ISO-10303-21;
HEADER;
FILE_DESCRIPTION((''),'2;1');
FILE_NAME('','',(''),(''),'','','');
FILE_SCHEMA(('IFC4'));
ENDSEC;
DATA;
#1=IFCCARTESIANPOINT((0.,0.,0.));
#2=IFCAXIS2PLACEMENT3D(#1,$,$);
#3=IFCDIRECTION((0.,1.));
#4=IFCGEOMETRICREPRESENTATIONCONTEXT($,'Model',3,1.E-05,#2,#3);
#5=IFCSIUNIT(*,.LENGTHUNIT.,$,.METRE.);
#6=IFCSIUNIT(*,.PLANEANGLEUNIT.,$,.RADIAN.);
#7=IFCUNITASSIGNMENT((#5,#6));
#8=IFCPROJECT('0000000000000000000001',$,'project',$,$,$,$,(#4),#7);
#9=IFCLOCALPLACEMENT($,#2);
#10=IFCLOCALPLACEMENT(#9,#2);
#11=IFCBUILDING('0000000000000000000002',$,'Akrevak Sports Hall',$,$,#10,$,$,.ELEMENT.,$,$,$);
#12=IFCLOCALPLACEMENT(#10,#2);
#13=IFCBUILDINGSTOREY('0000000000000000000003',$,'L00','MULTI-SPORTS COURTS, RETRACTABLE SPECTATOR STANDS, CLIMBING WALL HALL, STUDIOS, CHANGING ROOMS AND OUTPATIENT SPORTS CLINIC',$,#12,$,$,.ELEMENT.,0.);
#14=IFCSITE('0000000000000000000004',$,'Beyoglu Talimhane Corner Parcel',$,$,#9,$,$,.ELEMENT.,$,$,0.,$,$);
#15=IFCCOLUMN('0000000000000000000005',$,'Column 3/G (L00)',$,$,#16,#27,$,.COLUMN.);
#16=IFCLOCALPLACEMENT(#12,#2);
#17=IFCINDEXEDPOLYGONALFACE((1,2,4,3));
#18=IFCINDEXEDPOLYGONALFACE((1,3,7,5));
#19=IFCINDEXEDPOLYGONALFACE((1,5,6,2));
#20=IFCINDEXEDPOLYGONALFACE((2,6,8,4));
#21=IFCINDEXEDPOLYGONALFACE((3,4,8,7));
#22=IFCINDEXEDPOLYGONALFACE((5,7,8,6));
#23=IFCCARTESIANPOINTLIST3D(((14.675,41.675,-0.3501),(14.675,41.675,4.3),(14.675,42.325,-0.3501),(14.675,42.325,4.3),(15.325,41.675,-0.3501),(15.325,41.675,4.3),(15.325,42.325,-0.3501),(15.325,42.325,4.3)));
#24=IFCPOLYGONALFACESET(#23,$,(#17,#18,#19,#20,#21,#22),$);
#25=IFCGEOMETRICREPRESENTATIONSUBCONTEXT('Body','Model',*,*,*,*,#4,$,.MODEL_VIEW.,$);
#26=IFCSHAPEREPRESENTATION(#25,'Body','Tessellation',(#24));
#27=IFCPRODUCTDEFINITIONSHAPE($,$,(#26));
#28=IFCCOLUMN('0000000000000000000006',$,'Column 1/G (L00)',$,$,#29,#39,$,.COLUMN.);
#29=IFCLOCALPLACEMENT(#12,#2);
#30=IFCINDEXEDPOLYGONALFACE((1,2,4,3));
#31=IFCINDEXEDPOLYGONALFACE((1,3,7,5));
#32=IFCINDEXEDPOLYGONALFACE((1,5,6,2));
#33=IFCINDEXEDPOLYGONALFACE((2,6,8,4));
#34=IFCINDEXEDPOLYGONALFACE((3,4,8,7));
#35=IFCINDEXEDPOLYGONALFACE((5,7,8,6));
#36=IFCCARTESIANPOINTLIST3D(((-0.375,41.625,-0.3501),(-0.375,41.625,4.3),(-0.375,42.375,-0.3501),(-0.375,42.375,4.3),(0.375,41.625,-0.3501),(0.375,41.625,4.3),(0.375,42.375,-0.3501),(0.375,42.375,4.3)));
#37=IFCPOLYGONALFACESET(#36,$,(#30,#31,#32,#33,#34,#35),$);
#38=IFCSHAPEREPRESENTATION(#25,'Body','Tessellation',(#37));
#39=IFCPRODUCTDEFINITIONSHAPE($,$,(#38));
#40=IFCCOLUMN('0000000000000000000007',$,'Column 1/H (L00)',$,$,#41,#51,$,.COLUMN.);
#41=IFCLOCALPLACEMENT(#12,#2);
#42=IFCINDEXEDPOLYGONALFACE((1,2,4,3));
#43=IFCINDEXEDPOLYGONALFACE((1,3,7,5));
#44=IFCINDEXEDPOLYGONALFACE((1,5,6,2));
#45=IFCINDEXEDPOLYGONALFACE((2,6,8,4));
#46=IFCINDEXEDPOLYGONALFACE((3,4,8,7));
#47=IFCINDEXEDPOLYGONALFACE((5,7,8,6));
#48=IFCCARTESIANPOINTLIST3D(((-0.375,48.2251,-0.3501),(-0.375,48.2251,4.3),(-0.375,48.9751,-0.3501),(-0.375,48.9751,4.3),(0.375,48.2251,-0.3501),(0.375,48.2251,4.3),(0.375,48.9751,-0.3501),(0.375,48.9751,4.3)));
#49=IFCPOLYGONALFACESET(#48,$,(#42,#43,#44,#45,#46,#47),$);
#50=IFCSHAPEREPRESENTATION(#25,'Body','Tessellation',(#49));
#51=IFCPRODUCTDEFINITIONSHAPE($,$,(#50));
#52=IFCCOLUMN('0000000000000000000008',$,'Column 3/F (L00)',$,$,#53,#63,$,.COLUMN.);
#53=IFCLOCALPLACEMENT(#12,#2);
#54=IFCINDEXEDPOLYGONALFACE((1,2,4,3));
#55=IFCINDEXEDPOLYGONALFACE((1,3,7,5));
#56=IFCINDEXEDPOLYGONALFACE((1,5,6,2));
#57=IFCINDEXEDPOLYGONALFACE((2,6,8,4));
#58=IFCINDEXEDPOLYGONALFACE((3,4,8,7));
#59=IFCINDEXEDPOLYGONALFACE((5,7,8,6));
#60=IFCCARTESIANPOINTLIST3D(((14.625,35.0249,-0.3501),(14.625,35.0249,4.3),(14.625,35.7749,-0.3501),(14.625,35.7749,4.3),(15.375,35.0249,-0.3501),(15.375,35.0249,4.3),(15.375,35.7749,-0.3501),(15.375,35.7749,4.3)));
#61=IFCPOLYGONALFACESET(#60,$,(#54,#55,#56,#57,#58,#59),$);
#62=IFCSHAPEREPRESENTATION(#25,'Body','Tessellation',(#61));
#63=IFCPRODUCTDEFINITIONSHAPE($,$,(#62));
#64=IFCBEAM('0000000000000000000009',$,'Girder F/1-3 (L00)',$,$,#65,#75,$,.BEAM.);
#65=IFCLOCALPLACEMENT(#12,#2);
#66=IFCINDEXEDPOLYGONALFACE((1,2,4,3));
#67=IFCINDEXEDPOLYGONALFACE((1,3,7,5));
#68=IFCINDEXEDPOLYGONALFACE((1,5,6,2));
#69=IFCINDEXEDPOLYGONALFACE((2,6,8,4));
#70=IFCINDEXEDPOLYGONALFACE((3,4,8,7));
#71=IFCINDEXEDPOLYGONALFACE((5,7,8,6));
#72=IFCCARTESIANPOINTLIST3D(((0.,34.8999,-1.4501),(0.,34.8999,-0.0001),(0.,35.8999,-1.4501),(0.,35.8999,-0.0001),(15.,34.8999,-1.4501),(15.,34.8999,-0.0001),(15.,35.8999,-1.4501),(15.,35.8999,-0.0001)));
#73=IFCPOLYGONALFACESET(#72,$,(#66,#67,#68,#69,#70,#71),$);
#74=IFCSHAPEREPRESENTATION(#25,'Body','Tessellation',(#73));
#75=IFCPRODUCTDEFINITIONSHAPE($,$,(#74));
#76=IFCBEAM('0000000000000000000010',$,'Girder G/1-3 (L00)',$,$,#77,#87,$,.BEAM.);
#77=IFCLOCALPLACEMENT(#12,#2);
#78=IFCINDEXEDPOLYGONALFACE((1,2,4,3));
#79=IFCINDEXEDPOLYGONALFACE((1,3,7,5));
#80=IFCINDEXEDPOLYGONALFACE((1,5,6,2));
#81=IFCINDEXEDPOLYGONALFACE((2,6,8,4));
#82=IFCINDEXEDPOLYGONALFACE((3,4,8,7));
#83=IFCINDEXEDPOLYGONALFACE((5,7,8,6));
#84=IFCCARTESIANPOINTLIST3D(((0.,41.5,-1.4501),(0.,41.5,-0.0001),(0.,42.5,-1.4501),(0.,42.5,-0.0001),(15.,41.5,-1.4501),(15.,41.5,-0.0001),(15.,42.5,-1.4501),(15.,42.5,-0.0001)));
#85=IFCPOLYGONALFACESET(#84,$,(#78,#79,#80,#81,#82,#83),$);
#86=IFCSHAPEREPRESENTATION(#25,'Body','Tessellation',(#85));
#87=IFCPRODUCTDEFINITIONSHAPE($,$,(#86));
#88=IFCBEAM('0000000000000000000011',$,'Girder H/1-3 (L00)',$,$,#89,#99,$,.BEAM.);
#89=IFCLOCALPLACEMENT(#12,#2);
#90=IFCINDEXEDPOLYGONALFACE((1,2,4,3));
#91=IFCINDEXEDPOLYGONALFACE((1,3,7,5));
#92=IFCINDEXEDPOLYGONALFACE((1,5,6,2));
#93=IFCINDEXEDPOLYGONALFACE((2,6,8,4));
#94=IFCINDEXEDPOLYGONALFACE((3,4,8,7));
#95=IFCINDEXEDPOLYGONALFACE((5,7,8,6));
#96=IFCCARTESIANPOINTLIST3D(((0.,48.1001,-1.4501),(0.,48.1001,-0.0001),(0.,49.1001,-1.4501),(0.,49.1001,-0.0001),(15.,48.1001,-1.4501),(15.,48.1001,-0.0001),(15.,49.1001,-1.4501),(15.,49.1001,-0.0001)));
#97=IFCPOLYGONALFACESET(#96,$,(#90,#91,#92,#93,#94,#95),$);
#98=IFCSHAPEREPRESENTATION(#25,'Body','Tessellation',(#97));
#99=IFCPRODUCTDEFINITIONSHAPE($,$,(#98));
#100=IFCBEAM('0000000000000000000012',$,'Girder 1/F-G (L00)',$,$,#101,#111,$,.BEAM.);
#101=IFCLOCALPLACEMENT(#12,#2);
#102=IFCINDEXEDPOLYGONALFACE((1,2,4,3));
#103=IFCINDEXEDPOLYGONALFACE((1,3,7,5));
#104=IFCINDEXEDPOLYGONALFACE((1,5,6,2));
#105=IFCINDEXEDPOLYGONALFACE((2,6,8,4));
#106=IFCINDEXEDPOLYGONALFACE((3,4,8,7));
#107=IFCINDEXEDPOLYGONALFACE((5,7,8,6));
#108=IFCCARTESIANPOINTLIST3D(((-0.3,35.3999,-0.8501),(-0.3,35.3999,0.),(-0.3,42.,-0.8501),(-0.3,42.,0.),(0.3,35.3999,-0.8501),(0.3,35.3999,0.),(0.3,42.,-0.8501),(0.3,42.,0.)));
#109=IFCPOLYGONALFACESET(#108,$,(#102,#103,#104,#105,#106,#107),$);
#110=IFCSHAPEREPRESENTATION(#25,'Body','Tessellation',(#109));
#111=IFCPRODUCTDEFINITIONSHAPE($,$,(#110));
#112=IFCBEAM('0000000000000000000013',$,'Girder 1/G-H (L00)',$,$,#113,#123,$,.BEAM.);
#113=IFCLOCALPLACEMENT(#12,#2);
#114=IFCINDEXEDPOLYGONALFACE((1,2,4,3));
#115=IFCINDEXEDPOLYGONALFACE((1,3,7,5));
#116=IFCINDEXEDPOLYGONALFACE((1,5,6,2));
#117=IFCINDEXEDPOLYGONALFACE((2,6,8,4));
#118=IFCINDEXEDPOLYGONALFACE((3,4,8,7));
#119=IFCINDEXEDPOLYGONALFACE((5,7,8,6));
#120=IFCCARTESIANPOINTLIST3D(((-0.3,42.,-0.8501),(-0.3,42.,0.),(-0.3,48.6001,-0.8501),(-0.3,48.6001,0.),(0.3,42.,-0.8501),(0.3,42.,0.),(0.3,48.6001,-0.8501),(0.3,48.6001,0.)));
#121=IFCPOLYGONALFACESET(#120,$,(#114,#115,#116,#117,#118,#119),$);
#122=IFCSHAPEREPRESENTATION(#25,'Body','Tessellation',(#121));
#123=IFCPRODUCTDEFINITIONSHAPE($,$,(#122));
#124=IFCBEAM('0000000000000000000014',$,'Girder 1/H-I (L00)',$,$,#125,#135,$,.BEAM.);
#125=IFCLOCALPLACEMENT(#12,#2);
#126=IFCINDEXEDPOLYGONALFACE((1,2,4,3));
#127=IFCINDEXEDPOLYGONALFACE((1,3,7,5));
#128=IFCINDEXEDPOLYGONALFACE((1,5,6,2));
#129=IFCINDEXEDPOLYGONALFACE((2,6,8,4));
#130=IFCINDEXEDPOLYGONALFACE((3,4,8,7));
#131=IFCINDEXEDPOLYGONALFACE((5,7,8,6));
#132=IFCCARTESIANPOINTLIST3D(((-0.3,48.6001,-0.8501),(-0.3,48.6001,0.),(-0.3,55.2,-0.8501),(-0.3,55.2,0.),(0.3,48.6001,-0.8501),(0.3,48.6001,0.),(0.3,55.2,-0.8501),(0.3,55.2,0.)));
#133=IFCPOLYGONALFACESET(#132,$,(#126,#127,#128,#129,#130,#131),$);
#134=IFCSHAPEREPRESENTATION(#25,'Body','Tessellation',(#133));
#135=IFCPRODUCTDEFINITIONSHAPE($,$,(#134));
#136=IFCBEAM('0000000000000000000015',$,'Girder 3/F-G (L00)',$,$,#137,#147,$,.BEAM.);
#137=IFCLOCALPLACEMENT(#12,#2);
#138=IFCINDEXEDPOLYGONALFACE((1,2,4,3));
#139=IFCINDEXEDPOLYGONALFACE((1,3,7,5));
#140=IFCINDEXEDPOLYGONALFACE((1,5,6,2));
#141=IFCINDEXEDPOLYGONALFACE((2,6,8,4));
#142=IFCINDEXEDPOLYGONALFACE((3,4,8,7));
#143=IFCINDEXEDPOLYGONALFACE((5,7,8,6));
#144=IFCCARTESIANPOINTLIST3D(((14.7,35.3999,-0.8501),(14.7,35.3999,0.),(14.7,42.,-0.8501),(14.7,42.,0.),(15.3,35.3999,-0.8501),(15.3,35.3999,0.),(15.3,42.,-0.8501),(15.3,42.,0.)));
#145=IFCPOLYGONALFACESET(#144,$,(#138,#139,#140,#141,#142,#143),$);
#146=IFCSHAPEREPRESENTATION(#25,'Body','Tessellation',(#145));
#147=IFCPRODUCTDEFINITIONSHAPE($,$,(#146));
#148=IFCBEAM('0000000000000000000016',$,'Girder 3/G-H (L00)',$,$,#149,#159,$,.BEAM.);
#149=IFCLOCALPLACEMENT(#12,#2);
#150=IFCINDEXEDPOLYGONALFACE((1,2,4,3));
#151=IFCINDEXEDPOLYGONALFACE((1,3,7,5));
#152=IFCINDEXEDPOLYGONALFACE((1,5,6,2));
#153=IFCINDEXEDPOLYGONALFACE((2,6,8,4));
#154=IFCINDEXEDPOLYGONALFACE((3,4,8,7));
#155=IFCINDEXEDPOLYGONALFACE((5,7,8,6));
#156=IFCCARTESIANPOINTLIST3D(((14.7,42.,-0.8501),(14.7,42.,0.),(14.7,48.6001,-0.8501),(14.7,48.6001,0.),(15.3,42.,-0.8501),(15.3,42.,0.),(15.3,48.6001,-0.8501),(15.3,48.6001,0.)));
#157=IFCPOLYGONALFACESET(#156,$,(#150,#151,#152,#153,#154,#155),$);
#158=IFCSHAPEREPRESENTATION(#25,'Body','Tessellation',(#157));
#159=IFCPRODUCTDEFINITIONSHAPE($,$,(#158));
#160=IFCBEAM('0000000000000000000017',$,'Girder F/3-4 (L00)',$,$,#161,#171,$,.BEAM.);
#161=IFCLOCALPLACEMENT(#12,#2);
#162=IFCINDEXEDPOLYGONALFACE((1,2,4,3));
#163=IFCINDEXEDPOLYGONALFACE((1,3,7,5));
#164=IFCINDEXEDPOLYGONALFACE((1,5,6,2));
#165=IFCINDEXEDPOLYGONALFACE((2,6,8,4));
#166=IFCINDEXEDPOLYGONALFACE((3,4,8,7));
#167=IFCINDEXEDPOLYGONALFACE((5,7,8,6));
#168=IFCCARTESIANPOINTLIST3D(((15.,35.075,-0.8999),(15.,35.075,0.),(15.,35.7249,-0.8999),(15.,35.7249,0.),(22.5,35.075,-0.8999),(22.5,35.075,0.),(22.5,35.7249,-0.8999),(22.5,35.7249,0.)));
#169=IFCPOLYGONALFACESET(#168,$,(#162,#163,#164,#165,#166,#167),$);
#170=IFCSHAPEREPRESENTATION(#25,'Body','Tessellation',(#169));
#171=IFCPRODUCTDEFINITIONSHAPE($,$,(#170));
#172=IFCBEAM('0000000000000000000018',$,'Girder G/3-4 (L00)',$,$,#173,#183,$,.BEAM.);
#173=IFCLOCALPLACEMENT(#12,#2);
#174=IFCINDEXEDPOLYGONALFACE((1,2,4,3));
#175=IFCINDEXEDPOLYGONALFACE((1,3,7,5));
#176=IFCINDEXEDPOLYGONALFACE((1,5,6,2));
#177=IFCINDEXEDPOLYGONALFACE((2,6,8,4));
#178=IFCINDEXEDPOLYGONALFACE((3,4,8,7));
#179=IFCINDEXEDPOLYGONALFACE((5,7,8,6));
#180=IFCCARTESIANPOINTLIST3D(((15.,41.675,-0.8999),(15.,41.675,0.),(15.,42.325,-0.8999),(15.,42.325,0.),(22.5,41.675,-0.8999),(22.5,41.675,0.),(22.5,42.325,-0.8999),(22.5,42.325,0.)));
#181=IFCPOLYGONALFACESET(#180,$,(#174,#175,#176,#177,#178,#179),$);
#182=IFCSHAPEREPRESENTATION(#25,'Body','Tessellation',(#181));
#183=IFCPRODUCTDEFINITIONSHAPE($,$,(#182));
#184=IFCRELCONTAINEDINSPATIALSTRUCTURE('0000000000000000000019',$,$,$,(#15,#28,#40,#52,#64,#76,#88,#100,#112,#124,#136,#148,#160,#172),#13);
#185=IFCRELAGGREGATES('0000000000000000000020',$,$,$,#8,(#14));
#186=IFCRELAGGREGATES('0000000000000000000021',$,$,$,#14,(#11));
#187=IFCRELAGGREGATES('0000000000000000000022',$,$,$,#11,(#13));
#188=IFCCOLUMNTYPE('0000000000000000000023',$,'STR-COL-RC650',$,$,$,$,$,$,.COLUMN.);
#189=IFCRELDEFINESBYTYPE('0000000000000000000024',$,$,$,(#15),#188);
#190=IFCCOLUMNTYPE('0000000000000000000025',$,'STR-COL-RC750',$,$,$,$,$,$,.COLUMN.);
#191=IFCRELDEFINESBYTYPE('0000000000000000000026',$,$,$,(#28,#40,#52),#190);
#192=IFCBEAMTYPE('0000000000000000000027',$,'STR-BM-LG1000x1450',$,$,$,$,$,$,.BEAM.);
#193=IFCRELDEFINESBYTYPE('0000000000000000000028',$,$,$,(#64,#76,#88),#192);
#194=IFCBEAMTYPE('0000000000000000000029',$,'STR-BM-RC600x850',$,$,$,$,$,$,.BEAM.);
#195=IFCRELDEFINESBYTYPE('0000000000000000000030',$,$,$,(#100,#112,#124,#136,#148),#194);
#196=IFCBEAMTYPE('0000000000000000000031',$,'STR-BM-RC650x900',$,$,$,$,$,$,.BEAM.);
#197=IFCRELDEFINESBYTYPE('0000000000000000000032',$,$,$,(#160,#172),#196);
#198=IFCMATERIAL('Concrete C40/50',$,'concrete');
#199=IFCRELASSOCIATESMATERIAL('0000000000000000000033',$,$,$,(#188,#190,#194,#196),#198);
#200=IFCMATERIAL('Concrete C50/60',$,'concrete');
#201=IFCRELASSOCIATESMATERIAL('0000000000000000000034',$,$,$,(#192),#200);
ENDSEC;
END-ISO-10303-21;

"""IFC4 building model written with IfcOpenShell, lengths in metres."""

from ifc_helpers import new_model, si_unit, direction, frame, origin, origin_2d, place, context, subcontext, project, spatial, rectangle, extrude, material, material_profile, profile_set, type_object, element, save


model = new_model("IFC4")

# Units and contexts
model_context = context("Model", 3, precision=1e-05, world=origin(), true_north=direction((0.0, 1.0)))
body_context = subcontext(model_context, "Body", "Model", "MODEL_VIEW")
ifc_project = project(units=[si_unit("LENGTHUNIT", "METRE"), si_unit("PLANEANGLEUNIT", "RADIAN")], contexts=[model_context])

# Site, building, storey
site_placement = place(None, origin())
site = spatial("IfcSite", under=ifc_project, at=site_placement, Name="Beyoglu Talimhane Corner Parcel", CompositionType="ELEMENT", RefElevation=0.0)
building_placement = place(site_placement, origin())
building = spatial("IfcBuilding", under=site, at=building_placement, Name="Akrevak Sports Hall", CompositionType="ELEMENT")
storey_placement = place(building_placement, origin())
storey = spatial("IfcBuildingStorey", under=building, at=storey_placement, Name="L00", Description="MULTI-SPORTS COURTS, RETRACTABLE SPECTATOR STANDS, CLIMBING WALL HALL, STUDIOS, CHANGING ROOMS AND OUTPATIENT SPORTS CLINIC", CompositionType="ELEMENT", Elevation=0.0)

# Columns
ifc_material_1 = material(Name="Concrete C40/50", Category="concrete")
ifc_material_profile_1 = material_profile(ifc_material_1, rectangle(XDim=0.6499, YDim=0.6499, at=origin_2d()), Name="RC 650x650", Category="concrete")
ifc_profile_set_1 = profile_set([ifc_material_profile_1], Name="Concrete C40/50")
column_type_1 = type_object("IfcColumnType", Name="STR-COL-RC650", PredefinedType="COLUMN", material=ifc_profile_set_1)
column_placement = place(storey_placement, frame((15.0, 42.0, -0.3501), z_axis=(0.0, 0.0, 1.0), x_axis=(1.0, 0.0, 0.0)))
element("IfcColumn", 1, at=column_placement, inside=storey, type_object=column_type_1, Name="Column 3/G (L00)", PredefinedType="COLUMN", context=body_context, shape_type="SweptSolid", body=[
    extrude(rectangle(XDim=0.6499, YDim=0.6499, at=origin_2d()), origin(), (0.0, 0.0, 1.0), 4.6501),
])
ifc_material_profile_2 = material_profile(ifc_material_1, rectangle(XDim=0.75, YDim=0.75, at=origin_2d()), Name="RC 750x750", Category="concrete")
ifc_profile_set_2 = profile_set([ifc_material_profile_2], Name="Concrete C40/50")
column_type_2 = type_object("IfcColumnType", Name="STR-COL-RC750", PredefinedType="COLUMN", material=ifc_profile_set_2)
for number, where, z_axis, x_axis, name in (
    (2, (0.0, 42.0, -0.3501), (0.0, 0.0, 1.0), (1.0, 0.0, 0.0), "Column 1/G (L00)"),
    (3, (0.0, 48.6001, -0.3501), (0.0, 0.0, 1.0), (1.0, 0.0, 0.0), "Column 1/H (L00)"),
    (4, (15.0, 35.3999, -0.3501), (0.0, 0.0, 1.0), (1.0, 0.0, 0.0), "Column 3/F (L00)"),
):
    element("IfcColumn", number, at=place(storey_placement, frame(where, z_axis=z_axis, x_axis=x_axis)), inside=storey, type_object=column_type_2, Name=name, PredefinedType="COLUMN", context=body_context, shape_type="SweptSolid", body=[
        extrude(rectangle(XDim=0.75, YDim=0.75, at=origin_2d()), origin(), (0.0, 0.0, 1.0), 4.6501),
    ])

# Beams
ifc_material_2 = material(Name="Concrete C50/60", Category="concrete")
ifc_material_profile_3 = material_profile(ifc_material_2, rectangle(XDim=1.0, YDim=1.45, at=origin_2d()), Name="BM 1000x1450", Category="concrete")
ifc_profile_set_3 = profile_set([ifc_material_profile_3], Name="Concrete C50/60")
beam_type_1 = type_object("IfcBeamType", Name="STR-BM-LG1000x1450", PredefinedType="BEAM", material=ifc_profile_set_3)
for number, where, z_axis, x_axis, name in (
    (5, (0.0, 35.3999, -0.7251), (1.0, 0.0, 0.0), (0.0, 1.0, 0.0), "Girder F/1-3 (L00)"),
    (6, (0.0, 42.0, -0.7251), (1.0, 0.0, 0.0), (0.0, 1.0, 0.0), "Girder G/1-3 (L00)"),
    (7, (0.0, 48.6001, -0.7251), (1.0, 0.0, 0.0), (0.0, 1.0, 0.0), "Girder H/1-3 (L00)"),
):
    element("IfcBeam", number, at=place(storey_placement, frame(where, z_axis=z_axis, x_axis=x_axis)), inside=storey, type_object=beam_type_1, Name=name, PredefinedType="BEAM", context=body_context, shape_type="SweptSolid", body=[
        extrude(rectangle(XDim=1.0, YDim=1.45, at=origin_2d()), origin(), (0.0, 0.0, 1.0), 15.0),
    ])
ifc_material_profile_4 = material_profile(ifc_material_1, rectangle(XDim=0.6001, YDim=0.8501, at=origin_2d()), Name="BM 600x850", Category="concrete")
ifc_profile_set_4 = profile_set([ifc_material_profile_4], Name="Concrete C40/50")
beam_type_2 = type_object("IfcBeamType", Name="STR-BM-RC600x850", PredefinedType="BEAM", material=ifc_profile_set_4)
for number, where, z_axis, x_axis, name in (
    (8, (0.0, 35.3999, -0.425), (0.0, 1.0, 0.0), (-1.0, 0.0, 0.0), "Girder 1/F-G (L00)"),
    (9, (0.0, 42.0, -0.425), (0.0, 1.0, 0.0), (-1.0, 0.0, 0.0), "Girder 1/G-H (L00)"),
):
    element("IfcBeam", number, at=place(storey_placement, frame(where, z_axis=z_axis, x_axis=x_axis)), inside=storey, type_object=beam_type_2, Name=name, PredefinedType="BEAM", context=body_context, shape_type="SweptSolid", body=[
        extrude(rectangle(XDim=0.6001, YDim=0.8501, at=origin_2d()), origin(), (0.0, 0.0, 1.0), 6.6001),
    ])
beam_placement = place(storey_placement, frame((0.0, 48.6001, -0.425), z_axis=(0.0, 1.0, 0.0), x_axis=(-1.0, 0.0, 0.0)))
element("IfcBeam", 10, at=beam_placement, inside=storey, type_object=beam_type_2, Name="Girder 1/H-I (L00)", PredefinedType="BEAM", context=body_context, shape_type="SweptSolid", body=[
    extrude(rectangle(XDim=0.6001, YDim=0.8501, at=origin_2d()), origin(), (0.0, 0.0, 1.0), 6.5999),
])
for number, where, z_axis, x_axis, name in (
    (11, (15.0, 35.3999, -0.425), (0.0, 1.0, 0.0), (-1.0, 0.0, 0.0), "Girder 3/F-G (L00)"),
    (12, (15.0, 42.0, -0.425), (0.0, 1.0, 0.0), (-1.0, 0.0, 0.0), "Girder 3/G-H (L00)"),
):
    element("IfcBeam", number, at=place(storey_placement, frame(where, z_axis=z_axis, x_axis=x_axis)), inside=storey, type_object=beam_type_2, Name=name, PredefinedType="BEAM", context=body_context, shape_type="SweptSolid", body=[
        extrude(rectangle(XDim=0.6001, YDim=0.8501, at=origin_2d()), origin(), (0.0, 0.0, 1.0), 6.6001),
    ])
ifc_material_profile_5 = material_profile(ifc_material_1, rectangle(XDim=0.6499, YDim=0.8999, at=origin_2d()), Name="BM 650x900", Category="concrete")
ifc_profile_set_5 = profile_set([ifc_material_profile_5], Name="Concrete C40/50")
beam_type_3 = type_object("IfcBeamType", Name="STR-BM-RC650x900", PredefinedType="BEAM", material=ifc_profile_set_5)
for number, where, z_axis, x_axis, name in (
    (13, (15.0, 35.3999, -0.45), (1.0, 0.0, 0.0), (0.0, 1.0, 0.0), "Girder F/3-4 (L00)"),
    (14, (15.0, 42.0, -0.45), (1.0, 0.0, 0.0), (0.0, 1.0, 0.0), "Girder G/3-4 (L00)"),
):
    element("IfcBeam", number, at=place(storey_placement, frame(where, z_axis=z_axis, x_axis=x_axis)), inside=storey, type_object=beam_type_3, Name=name, PredefinedType="BEAM", context=body_context, shape_type="SweptSolid", body=[
        extrude(rectangle(XDim=0.6499, YDim=0.8999, at=origin_2d()), origin(), (0.0, 0.0, 1.0), 7.5),
    ])

save(model, "model.ifc")
